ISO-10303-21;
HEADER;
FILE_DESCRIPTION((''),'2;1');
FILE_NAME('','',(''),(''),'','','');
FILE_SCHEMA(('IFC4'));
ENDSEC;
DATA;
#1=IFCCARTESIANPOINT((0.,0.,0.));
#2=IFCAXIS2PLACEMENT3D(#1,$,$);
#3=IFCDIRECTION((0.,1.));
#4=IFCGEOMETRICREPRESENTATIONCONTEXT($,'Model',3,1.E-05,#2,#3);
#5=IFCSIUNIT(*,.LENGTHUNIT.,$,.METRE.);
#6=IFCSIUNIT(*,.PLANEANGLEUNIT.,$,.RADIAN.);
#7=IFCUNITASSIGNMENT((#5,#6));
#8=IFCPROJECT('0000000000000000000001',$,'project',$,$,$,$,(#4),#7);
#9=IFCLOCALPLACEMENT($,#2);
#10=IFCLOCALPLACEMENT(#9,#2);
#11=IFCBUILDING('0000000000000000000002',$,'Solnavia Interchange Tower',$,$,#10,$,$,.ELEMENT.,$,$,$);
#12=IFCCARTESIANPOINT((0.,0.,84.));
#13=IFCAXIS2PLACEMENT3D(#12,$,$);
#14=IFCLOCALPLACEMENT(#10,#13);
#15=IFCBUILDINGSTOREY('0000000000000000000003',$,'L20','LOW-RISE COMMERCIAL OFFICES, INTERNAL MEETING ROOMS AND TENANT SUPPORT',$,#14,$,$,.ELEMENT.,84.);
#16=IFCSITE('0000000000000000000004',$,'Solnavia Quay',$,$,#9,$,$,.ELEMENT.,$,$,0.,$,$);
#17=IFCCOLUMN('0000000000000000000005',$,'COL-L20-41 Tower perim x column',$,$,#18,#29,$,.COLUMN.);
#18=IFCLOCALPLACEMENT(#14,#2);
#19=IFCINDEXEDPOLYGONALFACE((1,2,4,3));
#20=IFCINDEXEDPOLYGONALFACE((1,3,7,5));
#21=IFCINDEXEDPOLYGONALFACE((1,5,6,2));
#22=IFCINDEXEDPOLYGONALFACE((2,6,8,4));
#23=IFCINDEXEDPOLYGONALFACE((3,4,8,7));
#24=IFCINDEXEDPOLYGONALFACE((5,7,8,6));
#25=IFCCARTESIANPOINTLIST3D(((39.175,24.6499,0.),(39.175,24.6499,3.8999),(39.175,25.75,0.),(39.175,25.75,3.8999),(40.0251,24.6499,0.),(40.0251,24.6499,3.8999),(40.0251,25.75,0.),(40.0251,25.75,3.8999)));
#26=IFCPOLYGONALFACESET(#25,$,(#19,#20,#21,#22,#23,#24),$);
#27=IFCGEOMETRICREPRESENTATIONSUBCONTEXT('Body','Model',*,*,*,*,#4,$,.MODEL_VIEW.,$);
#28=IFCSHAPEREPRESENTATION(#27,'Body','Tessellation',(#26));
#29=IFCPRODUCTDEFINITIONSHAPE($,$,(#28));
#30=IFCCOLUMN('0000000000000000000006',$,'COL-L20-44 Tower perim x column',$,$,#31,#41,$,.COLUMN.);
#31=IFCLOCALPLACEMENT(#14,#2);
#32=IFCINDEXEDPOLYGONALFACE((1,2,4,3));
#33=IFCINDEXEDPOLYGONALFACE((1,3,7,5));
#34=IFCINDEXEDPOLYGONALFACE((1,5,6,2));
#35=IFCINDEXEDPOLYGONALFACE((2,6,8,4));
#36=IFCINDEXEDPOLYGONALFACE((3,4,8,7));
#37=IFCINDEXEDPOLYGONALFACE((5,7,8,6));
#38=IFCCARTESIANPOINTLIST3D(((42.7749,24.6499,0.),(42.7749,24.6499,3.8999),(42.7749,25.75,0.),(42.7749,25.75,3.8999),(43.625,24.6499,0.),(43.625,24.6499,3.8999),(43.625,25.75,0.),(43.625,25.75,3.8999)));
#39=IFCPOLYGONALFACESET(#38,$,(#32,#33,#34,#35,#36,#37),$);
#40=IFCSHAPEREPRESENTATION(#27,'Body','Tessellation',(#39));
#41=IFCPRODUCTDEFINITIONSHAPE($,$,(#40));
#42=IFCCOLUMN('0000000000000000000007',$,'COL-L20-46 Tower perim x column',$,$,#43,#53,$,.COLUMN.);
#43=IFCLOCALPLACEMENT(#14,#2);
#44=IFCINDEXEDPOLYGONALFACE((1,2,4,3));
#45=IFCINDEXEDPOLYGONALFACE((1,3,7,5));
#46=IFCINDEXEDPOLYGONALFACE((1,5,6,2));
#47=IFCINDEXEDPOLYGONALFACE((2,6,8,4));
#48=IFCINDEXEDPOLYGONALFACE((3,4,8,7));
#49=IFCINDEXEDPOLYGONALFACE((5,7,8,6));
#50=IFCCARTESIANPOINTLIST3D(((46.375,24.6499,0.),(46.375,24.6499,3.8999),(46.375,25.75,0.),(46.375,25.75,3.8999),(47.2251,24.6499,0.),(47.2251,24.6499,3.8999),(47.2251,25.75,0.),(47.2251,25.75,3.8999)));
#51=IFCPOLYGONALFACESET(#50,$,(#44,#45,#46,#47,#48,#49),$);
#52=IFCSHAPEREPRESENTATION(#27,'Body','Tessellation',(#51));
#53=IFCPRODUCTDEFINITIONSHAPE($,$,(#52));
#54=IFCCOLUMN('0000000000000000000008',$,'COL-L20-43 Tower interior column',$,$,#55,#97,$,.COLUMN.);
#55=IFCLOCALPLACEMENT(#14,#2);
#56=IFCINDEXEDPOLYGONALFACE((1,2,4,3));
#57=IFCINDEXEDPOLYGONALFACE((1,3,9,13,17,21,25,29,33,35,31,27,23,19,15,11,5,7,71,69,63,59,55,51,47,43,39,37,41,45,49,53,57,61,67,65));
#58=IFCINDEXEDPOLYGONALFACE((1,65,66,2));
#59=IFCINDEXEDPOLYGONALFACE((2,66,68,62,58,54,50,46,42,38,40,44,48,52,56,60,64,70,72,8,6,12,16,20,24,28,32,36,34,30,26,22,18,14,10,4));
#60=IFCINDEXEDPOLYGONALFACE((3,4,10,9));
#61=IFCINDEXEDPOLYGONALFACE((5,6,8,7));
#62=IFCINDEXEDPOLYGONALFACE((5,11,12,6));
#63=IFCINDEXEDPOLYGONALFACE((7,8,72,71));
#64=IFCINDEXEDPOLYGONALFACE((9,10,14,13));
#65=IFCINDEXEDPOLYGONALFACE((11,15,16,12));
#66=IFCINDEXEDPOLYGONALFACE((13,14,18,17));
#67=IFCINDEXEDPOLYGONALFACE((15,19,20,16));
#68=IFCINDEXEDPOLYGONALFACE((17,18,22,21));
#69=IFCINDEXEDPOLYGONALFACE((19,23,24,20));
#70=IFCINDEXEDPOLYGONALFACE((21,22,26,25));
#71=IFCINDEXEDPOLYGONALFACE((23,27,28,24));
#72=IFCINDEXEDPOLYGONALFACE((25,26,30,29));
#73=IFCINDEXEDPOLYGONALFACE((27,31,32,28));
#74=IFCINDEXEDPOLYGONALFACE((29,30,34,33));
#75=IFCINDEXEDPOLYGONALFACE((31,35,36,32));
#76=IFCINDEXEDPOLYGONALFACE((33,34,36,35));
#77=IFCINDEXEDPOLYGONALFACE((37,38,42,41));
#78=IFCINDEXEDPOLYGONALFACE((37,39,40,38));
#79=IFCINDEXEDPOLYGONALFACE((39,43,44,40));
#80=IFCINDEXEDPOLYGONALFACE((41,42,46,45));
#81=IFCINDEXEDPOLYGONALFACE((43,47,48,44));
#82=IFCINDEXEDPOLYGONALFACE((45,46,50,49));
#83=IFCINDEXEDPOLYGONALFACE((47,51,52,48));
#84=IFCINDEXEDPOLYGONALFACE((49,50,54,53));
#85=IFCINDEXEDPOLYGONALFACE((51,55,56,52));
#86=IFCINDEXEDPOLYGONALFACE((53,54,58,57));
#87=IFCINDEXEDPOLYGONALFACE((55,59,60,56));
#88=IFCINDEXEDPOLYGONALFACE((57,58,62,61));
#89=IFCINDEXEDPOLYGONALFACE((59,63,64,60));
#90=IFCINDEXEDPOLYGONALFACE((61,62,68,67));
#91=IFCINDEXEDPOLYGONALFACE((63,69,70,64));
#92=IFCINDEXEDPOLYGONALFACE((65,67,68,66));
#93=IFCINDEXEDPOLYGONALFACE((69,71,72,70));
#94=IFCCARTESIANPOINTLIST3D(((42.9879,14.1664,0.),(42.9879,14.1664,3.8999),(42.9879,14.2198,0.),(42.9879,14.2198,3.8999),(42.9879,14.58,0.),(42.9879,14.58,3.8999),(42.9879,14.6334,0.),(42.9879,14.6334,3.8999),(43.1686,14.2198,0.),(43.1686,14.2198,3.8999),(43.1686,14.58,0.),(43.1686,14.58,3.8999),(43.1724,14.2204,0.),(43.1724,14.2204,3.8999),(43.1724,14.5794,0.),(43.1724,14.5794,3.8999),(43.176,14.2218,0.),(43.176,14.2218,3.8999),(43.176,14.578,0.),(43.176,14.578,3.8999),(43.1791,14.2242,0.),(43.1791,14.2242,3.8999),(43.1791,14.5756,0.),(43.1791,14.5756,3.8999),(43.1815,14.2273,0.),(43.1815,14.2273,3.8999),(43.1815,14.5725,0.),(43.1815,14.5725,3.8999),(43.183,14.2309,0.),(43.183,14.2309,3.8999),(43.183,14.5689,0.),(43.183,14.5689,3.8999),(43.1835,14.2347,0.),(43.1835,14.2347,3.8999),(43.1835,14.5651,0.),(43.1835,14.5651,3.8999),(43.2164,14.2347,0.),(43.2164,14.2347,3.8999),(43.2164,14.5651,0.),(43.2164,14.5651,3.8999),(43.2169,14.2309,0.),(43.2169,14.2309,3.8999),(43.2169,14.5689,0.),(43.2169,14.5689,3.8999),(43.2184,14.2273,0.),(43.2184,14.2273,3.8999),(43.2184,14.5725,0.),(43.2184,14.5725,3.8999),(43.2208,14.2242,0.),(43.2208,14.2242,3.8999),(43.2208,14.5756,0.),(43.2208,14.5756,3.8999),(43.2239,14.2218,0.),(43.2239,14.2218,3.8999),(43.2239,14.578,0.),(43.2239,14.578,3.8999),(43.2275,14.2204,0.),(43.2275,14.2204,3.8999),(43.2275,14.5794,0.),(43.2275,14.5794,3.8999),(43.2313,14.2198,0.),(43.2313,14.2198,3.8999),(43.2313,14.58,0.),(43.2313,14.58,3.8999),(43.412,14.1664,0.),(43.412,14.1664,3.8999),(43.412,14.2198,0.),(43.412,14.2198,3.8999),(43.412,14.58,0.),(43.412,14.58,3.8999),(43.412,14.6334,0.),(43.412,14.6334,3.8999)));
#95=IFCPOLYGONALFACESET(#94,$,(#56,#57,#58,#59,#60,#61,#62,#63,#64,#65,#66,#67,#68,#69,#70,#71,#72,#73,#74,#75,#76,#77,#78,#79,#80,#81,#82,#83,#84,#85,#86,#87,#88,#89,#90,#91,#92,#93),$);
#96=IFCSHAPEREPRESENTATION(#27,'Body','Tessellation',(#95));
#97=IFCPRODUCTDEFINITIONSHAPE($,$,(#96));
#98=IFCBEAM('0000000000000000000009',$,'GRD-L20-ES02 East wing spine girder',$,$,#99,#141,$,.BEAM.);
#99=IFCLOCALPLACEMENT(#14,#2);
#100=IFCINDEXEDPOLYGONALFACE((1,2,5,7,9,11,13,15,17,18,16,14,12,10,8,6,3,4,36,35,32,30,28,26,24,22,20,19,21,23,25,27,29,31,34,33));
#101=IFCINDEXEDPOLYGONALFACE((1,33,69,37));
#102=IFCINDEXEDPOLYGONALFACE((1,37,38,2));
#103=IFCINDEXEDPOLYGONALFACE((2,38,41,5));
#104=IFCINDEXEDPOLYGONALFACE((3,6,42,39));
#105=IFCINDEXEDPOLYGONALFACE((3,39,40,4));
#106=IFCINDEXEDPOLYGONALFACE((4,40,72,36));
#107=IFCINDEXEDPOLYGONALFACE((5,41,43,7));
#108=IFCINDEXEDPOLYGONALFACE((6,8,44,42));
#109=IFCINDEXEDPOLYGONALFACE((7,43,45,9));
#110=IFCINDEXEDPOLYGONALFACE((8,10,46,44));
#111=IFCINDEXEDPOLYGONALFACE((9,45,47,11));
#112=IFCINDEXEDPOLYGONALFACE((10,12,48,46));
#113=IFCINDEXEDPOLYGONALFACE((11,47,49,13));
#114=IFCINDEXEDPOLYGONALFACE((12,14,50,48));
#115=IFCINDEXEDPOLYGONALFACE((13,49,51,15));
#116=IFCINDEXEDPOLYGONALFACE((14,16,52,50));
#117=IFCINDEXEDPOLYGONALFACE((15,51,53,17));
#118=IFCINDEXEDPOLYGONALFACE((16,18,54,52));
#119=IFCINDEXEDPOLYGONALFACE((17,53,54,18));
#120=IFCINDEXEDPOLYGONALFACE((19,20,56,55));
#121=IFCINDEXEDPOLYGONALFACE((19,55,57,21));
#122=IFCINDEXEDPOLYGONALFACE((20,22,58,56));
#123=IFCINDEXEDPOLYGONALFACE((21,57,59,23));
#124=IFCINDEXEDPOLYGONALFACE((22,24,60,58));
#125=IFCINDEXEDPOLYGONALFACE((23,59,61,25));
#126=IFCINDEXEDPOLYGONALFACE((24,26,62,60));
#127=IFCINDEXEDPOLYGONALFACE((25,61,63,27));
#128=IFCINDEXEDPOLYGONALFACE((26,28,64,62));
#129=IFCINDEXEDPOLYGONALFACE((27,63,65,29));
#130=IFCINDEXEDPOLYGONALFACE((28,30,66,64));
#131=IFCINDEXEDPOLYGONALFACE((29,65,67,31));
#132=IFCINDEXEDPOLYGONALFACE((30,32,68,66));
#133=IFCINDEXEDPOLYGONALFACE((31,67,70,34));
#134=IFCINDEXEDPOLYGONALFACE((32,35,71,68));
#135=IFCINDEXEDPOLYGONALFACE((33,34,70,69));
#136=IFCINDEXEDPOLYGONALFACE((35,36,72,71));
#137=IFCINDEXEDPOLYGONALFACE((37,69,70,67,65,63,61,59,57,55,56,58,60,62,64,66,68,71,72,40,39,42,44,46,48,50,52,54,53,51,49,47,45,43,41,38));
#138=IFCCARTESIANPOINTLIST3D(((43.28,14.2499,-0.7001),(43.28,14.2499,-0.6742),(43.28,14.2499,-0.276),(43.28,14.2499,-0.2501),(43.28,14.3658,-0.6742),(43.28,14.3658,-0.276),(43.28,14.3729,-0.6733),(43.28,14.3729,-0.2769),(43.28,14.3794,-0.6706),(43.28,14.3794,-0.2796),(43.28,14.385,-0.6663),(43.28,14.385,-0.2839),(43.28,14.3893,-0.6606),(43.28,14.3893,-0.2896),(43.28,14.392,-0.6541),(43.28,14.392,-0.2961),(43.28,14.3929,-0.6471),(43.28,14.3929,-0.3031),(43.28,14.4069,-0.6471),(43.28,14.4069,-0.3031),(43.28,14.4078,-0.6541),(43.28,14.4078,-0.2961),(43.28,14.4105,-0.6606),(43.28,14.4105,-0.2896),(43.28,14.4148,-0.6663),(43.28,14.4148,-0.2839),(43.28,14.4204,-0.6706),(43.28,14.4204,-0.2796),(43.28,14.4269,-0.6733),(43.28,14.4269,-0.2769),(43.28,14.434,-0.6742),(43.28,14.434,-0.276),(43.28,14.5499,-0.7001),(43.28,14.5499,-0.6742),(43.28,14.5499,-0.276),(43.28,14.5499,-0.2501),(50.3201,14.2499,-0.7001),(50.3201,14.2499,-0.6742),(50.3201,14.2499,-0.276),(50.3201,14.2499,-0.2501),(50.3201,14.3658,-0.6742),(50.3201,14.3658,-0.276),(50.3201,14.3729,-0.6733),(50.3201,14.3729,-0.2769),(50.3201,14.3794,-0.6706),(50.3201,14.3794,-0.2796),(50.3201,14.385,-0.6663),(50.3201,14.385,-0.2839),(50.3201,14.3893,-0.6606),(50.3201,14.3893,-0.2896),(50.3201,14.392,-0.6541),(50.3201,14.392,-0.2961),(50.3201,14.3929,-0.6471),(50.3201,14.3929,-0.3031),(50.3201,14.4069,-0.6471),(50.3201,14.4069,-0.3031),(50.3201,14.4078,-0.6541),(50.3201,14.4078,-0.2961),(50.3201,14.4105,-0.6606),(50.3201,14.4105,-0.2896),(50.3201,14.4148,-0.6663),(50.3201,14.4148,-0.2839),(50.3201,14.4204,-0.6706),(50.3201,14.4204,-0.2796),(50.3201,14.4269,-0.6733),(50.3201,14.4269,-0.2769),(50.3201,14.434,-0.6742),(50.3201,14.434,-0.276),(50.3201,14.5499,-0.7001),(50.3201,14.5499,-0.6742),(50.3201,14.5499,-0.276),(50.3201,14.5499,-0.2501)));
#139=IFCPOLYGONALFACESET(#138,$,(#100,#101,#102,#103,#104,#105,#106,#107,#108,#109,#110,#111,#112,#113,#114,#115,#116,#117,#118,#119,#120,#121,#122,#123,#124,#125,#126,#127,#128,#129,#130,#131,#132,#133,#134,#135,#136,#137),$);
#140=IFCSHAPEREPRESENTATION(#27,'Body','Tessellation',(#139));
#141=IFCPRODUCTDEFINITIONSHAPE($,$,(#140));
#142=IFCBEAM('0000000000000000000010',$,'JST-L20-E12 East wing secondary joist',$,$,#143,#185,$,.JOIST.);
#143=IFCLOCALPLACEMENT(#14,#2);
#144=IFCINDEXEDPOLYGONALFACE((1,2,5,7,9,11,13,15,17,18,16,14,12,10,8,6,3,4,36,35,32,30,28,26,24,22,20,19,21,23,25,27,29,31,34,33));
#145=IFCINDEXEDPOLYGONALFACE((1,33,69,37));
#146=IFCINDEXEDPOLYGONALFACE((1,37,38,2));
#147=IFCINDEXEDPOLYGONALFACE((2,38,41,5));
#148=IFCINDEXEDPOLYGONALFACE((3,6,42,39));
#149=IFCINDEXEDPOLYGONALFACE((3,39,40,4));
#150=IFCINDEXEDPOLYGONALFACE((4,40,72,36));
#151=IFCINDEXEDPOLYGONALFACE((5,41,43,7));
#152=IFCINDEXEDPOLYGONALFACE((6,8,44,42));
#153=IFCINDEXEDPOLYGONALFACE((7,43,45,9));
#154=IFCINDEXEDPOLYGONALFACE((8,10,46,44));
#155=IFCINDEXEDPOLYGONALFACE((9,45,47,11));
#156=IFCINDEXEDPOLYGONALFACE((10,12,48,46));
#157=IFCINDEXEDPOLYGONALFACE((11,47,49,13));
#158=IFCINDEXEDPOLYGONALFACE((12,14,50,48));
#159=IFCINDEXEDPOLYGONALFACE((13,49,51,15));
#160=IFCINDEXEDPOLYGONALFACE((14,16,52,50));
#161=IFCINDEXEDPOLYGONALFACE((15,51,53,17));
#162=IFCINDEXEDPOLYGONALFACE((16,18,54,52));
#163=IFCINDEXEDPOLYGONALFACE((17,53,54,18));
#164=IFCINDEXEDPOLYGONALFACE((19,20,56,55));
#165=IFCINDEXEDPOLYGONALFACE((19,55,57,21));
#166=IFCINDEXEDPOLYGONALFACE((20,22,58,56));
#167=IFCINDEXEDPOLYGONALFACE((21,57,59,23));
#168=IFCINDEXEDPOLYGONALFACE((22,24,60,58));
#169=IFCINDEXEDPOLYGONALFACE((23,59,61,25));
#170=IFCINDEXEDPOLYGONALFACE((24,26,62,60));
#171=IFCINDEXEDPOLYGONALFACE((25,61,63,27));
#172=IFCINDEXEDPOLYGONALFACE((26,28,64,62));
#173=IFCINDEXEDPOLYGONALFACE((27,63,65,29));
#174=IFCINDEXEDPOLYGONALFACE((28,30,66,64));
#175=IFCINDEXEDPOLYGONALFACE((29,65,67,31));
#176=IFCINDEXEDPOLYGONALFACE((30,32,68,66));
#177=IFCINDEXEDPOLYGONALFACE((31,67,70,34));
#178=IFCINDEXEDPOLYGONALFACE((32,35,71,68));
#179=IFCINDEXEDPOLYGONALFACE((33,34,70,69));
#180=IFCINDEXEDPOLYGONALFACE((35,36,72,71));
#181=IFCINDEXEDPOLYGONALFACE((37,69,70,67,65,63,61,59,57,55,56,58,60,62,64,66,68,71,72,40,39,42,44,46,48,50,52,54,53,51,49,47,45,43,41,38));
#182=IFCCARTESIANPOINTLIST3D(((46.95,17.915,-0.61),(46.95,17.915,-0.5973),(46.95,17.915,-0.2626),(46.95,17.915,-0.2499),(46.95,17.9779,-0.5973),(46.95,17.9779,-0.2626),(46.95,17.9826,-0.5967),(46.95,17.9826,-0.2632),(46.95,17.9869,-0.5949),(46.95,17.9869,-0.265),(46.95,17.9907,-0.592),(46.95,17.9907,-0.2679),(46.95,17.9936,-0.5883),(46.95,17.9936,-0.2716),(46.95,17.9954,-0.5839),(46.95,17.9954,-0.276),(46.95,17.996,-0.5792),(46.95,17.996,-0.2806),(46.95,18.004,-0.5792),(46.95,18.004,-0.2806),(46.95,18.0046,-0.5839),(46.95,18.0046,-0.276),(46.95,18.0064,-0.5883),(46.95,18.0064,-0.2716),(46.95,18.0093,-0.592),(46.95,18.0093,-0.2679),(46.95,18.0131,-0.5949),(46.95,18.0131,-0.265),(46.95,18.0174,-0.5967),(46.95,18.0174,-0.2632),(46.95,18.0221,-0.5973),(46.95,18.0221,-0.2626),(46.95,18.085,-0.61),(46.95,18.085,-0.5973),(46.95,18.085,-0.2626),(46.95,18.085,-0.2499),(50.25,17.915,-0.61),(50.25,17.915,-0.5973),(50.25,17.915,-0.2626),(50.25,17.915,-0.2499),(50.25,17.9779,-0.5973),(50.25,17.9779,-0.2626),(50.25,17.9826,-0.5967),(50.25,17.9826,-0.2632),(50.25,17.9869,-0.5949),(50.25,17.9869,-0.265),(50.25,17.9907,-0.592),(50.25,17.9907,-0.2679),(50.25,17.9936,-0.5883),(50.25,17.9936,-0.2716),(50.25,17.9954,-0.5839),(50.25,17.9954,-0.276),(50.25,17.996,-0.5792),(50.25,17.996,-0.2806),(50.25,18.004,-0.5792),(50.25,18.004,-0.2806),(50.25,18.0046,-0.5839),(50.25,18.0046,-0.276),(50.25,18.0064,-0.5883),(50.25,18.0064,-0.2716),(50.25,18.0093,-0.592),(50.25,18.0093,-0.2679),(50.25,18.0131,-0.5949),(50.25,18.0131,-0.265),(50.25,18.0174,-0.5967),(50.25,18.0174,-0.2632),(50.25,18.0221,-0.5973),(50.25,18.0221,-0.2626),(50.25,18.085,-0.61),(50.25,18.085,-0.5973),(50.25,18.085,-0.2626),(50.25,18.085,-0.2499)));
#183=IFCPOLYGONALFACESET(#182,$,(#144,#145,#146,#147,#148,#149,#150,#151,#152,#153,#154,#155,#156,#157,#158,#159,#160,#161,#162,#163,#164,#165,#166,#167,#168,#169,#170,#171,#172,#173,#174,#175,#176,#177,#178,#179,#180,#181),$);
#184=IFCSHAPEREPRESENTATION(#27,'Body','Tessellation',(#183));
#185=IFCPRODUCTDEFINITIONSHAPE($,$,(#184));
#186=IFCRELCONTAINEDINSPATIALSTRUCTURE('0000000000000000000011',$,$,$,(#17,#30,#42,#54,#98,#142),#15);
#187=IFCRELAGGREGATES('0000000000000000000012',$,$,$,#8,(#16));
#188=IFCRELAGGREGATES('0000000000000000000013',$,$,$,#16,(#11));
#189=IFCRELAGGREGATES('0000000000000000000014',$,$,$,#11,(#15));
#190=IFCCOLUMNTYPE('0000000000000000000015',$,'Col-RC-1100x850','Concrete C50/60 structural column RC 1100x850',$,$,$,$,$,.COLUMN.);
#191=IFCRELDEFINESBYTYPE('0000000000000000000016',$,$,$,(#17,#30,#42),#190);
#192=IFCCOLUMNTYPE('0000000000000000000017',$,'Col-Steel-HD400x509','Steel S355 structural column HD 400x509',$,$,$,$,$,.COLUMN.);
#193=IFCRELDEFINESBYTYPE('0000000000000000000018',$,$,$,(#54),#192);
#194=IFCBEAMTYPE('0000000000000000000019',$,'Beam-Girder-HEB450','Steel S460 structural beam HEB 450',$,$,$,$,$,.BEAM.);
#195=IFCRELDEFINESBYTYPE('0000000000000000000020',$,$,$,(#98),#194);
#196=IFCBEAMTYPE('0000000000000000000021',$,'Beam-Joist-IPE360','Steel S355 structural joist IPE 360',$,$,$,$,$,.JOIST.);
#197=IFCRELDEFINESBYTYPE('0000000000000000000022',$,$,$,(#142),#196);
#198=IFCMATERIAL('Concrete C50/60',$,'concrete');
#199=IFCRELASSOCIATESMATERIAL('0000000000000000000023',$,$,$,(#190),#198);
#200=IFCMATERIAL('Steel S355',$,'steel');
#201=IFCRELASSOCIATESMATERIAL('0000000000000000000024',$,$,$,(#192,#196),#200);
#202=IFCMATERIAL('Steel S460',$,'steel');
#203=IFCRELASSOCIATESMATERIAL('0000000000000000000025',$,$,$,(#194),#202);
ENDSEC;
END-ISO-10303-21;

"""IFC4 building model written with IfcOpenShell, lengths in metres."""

from ifc_helpers import new_model, si_unit, direction, frame, origin, origin_2d, place, context, subcontext, project, spatial, rectangle, i_section, extrude, material, material_profile, profile_set, type_object, element, save


model = new_model("IFC4")

# Units and contexts
model_context = context("Model", 3, precision=1e-05, world=origin(), true_north=direction((0.0, 1.0)))
body_context = subcontext(model_context, "Body", "Model", "MODEL_VIEW")
ifc_project = project(units=[si_unit("LENGTHUNIT", "METRE"), si_unit("PLANEANGLEUNIT", "RADIAN")], contexts=[model_context])

# Site, building, storey
site_placement = place(None, origin())
site = spatial("IfcSite", under=ifc_project, at=site_placement, Name="Solnavia Quay", CompositionType="ELEMENT", RefElevation=0.0)
building_placement = place(site_placement, origin())
building = spatial("IfcBuilding", under=site, at=building_placement, Name="Solnavia Interchange Tower", CompositionType="ELEMENT")
storey_placement = place(building_placement, frame((0.0, 0.0, 84.0)))
storey = spatial("IfcBuildingStorey", under=building, at=storey_placement, Name="L20", Description="LOW-RISE COMMERCIAL OFFICES, INTERNAL MEETING ROOMS AND TENANT SUPPORT", CompositionType="ELEMENT", Elevation=84.0)

# Columns
ifc_material_1 = material(Name="Concrete C50/60", Category="concrete")
ifc_material_profile_1 = material_profile(ifc_material_1, rectangle(XDim=0.8501, YDim=1.1001, at=origin_2d()), Name="RC 1100x850")
ifc_profile_set_1 = profile_set([ifc_material_profile_1], Name="Concrete C50/60")
column_type_1 = type_object("IfcColumnType", Name="Col-RC-1100x850", Description="Concrete C50/60 structural column RC 1100x850", PredefinedType="COLUMN", material=ifc_profile_set_1)
for number, where, z_axis, x_axis, name in (
    (1, (39.6001, 25.2, 0.0), (0.0, 0.0, 1.0), (1.0, 0.0, 0.0), "COL-L20-41 Tower perim x column"),
    (2, (43.2, 25.2, 0.0), (0.0, 0.0, 1.0), (1.0, 0.0, 0.0), "COL-L20-44 Tower perim x column"),
    (3, (46.8, 25.2, 0.0), (0.0, 0.0, 1.0), (1.0, 0.0, 0.0), "COL-L20-46 Tower perim x column"),
):
    element("IfcColumn", number, at=place(storey_placement, frame(where, z_axis=z_axis, x_axis=x_axis)), inside=storey, type_object=column_type_1, Name=name, PredefinedType="COLUMN", context=body_context, shape_type="SweptSolid", body=[
        extrude(rectangle(XDim=0.8501, YDim=1.1001, at=origin_2d()), origin(), (0.0, 0.0, 1.0), 3.8999),
    ])
ifc_material_2 = material(Name="Steel S355", Category="steel")
ifc_material_profile_2 = material_profile(ifc_material_2, i_section(OverallWidth=0.4241, OverallDepth=0.467, WebThickness=0.033, FlangeThickness=0.0535, FilletRadius=0.0149, at=origin_2d()), Name="HD 400x509")
ifc_profile_set_2 = profile_set([ifc_material_profile_2], Name="Steel S355")
column_type_2 = type_object("IfcColumnType", Name="Col-Steel-HD400x509", Description="Steel S355 structural column HD 400x509", PredefinedType="COLUMN", material=ifc_profile_set_2)
column_placement = place(storey_placement, frame((43.2, 14.3999, 0.0), z_axis=(0.0, 0.0, 1.0), x_axis=(1.0, 0.0, 0.0)))
element("IfcColumn", 4, at=column_placement, inside=storey, type_object=column_type_2, Name="COL-L20-43 Tower interior column", PredefinedType="COLUMN", context=body_context, shape_type="SweptSolid", body=[
    extrude(i_section(OverallWidth=0.4241, OverallDepth=0.467, WebThickness=0.033, FlangeThickness=0.0535, FilletRadius=0.0149, at=origin_2d()), origin(), (0.0, 0.0, 1.0), 3.8999),
])

# Beams
ifc_material_3 = material(Name="Steel S460", Category="steel")
ifc_material_profile_3 = material_profile(ifc_material_3, i_section(OverallWidth=0.3, OverallDepth=0.45, WebThickness=0.0139, FlangeThickness=0.0259, FilletRadius=0.0271, at=origin_2d()), Name="HEB 450")
ifc_profile_set_3 = profile_set([ifc_material_profile_3], Name="Steel S460")
beam_type_1 = type_object("IfcBeamType", Name="Beam-Girder-HEB450", Description="Steel S460 structural beam HEB 450", PredefinedType="BEAM", material=ifc_profile_set_3)
beam_1_placement = place(storey_placement, frame((43.28, 14.3999, -0.4751), z_axis=(1.0, 0.0, 0.0), x_axis=(0.0, 1.0, 0.0)))
element("IfcBeam", 5, at=beam_1_placement, inside=storey, type_object=beam_type_1, Name="GRD-L20-ES02 East wing spine girder", PredefinedType="BEAM", context=body_context, shape_type="SweptSolid", body=[
    extrude(i_section(OverallWidth=0.3, OverallDepth=0.45, WebThickness=0.0139, FlangeThickness=0.0259, FilletRadius=0.0271, at=origin_2d()), origin(), (0.0, 0.0, 1.0), 7.04),
])
ifc_material_profile_4 = material_profile(ifc_material_2, i_section(OverallWidth=0.1699, OverallDepth=0.3601, WebThickness=0.0081, FlangeThickness=0.0127, FilletRadius=0.0181, at=origin_2d()), Name="IPE 360")
ifc_profile_set_4 = profile_set([ifc_material_profile_4], Name="Steel S355")
beam_type_2 = type_object("IfcBeamType", Name="Beam-Joist-IPE360", Description="Steel S355 structural joist IPE 360", PredefinedType="JOIST", material=ifc_profile_set_4)
beam_2_placement = place(storey_placement, frame((46.95, 18.0, -0.4299), z_axis=(1.0, 0.0, 0.0), x_axis=(0.0, 1.0, 0.0)))
element("IfcBeam", 6, at=beam_2_placement, inside=storey, type_object=beam_type_2, Name="JST-L20-E12 East wing secondary joist", PredefinedType="JOIST", context=body_context, shape_type="SweptSolid", body=[
    extrude(i_section(OverallWidth=0.1699, OverallDepth=0.3601, WebThickness=0.0081, FlangeThickness=0.0127, FilletRadius=0.0181, at=origin_2d()), origin(), (0.0, 0.0, 1.0), 3.3),
])

save(model, "model.ifc")
